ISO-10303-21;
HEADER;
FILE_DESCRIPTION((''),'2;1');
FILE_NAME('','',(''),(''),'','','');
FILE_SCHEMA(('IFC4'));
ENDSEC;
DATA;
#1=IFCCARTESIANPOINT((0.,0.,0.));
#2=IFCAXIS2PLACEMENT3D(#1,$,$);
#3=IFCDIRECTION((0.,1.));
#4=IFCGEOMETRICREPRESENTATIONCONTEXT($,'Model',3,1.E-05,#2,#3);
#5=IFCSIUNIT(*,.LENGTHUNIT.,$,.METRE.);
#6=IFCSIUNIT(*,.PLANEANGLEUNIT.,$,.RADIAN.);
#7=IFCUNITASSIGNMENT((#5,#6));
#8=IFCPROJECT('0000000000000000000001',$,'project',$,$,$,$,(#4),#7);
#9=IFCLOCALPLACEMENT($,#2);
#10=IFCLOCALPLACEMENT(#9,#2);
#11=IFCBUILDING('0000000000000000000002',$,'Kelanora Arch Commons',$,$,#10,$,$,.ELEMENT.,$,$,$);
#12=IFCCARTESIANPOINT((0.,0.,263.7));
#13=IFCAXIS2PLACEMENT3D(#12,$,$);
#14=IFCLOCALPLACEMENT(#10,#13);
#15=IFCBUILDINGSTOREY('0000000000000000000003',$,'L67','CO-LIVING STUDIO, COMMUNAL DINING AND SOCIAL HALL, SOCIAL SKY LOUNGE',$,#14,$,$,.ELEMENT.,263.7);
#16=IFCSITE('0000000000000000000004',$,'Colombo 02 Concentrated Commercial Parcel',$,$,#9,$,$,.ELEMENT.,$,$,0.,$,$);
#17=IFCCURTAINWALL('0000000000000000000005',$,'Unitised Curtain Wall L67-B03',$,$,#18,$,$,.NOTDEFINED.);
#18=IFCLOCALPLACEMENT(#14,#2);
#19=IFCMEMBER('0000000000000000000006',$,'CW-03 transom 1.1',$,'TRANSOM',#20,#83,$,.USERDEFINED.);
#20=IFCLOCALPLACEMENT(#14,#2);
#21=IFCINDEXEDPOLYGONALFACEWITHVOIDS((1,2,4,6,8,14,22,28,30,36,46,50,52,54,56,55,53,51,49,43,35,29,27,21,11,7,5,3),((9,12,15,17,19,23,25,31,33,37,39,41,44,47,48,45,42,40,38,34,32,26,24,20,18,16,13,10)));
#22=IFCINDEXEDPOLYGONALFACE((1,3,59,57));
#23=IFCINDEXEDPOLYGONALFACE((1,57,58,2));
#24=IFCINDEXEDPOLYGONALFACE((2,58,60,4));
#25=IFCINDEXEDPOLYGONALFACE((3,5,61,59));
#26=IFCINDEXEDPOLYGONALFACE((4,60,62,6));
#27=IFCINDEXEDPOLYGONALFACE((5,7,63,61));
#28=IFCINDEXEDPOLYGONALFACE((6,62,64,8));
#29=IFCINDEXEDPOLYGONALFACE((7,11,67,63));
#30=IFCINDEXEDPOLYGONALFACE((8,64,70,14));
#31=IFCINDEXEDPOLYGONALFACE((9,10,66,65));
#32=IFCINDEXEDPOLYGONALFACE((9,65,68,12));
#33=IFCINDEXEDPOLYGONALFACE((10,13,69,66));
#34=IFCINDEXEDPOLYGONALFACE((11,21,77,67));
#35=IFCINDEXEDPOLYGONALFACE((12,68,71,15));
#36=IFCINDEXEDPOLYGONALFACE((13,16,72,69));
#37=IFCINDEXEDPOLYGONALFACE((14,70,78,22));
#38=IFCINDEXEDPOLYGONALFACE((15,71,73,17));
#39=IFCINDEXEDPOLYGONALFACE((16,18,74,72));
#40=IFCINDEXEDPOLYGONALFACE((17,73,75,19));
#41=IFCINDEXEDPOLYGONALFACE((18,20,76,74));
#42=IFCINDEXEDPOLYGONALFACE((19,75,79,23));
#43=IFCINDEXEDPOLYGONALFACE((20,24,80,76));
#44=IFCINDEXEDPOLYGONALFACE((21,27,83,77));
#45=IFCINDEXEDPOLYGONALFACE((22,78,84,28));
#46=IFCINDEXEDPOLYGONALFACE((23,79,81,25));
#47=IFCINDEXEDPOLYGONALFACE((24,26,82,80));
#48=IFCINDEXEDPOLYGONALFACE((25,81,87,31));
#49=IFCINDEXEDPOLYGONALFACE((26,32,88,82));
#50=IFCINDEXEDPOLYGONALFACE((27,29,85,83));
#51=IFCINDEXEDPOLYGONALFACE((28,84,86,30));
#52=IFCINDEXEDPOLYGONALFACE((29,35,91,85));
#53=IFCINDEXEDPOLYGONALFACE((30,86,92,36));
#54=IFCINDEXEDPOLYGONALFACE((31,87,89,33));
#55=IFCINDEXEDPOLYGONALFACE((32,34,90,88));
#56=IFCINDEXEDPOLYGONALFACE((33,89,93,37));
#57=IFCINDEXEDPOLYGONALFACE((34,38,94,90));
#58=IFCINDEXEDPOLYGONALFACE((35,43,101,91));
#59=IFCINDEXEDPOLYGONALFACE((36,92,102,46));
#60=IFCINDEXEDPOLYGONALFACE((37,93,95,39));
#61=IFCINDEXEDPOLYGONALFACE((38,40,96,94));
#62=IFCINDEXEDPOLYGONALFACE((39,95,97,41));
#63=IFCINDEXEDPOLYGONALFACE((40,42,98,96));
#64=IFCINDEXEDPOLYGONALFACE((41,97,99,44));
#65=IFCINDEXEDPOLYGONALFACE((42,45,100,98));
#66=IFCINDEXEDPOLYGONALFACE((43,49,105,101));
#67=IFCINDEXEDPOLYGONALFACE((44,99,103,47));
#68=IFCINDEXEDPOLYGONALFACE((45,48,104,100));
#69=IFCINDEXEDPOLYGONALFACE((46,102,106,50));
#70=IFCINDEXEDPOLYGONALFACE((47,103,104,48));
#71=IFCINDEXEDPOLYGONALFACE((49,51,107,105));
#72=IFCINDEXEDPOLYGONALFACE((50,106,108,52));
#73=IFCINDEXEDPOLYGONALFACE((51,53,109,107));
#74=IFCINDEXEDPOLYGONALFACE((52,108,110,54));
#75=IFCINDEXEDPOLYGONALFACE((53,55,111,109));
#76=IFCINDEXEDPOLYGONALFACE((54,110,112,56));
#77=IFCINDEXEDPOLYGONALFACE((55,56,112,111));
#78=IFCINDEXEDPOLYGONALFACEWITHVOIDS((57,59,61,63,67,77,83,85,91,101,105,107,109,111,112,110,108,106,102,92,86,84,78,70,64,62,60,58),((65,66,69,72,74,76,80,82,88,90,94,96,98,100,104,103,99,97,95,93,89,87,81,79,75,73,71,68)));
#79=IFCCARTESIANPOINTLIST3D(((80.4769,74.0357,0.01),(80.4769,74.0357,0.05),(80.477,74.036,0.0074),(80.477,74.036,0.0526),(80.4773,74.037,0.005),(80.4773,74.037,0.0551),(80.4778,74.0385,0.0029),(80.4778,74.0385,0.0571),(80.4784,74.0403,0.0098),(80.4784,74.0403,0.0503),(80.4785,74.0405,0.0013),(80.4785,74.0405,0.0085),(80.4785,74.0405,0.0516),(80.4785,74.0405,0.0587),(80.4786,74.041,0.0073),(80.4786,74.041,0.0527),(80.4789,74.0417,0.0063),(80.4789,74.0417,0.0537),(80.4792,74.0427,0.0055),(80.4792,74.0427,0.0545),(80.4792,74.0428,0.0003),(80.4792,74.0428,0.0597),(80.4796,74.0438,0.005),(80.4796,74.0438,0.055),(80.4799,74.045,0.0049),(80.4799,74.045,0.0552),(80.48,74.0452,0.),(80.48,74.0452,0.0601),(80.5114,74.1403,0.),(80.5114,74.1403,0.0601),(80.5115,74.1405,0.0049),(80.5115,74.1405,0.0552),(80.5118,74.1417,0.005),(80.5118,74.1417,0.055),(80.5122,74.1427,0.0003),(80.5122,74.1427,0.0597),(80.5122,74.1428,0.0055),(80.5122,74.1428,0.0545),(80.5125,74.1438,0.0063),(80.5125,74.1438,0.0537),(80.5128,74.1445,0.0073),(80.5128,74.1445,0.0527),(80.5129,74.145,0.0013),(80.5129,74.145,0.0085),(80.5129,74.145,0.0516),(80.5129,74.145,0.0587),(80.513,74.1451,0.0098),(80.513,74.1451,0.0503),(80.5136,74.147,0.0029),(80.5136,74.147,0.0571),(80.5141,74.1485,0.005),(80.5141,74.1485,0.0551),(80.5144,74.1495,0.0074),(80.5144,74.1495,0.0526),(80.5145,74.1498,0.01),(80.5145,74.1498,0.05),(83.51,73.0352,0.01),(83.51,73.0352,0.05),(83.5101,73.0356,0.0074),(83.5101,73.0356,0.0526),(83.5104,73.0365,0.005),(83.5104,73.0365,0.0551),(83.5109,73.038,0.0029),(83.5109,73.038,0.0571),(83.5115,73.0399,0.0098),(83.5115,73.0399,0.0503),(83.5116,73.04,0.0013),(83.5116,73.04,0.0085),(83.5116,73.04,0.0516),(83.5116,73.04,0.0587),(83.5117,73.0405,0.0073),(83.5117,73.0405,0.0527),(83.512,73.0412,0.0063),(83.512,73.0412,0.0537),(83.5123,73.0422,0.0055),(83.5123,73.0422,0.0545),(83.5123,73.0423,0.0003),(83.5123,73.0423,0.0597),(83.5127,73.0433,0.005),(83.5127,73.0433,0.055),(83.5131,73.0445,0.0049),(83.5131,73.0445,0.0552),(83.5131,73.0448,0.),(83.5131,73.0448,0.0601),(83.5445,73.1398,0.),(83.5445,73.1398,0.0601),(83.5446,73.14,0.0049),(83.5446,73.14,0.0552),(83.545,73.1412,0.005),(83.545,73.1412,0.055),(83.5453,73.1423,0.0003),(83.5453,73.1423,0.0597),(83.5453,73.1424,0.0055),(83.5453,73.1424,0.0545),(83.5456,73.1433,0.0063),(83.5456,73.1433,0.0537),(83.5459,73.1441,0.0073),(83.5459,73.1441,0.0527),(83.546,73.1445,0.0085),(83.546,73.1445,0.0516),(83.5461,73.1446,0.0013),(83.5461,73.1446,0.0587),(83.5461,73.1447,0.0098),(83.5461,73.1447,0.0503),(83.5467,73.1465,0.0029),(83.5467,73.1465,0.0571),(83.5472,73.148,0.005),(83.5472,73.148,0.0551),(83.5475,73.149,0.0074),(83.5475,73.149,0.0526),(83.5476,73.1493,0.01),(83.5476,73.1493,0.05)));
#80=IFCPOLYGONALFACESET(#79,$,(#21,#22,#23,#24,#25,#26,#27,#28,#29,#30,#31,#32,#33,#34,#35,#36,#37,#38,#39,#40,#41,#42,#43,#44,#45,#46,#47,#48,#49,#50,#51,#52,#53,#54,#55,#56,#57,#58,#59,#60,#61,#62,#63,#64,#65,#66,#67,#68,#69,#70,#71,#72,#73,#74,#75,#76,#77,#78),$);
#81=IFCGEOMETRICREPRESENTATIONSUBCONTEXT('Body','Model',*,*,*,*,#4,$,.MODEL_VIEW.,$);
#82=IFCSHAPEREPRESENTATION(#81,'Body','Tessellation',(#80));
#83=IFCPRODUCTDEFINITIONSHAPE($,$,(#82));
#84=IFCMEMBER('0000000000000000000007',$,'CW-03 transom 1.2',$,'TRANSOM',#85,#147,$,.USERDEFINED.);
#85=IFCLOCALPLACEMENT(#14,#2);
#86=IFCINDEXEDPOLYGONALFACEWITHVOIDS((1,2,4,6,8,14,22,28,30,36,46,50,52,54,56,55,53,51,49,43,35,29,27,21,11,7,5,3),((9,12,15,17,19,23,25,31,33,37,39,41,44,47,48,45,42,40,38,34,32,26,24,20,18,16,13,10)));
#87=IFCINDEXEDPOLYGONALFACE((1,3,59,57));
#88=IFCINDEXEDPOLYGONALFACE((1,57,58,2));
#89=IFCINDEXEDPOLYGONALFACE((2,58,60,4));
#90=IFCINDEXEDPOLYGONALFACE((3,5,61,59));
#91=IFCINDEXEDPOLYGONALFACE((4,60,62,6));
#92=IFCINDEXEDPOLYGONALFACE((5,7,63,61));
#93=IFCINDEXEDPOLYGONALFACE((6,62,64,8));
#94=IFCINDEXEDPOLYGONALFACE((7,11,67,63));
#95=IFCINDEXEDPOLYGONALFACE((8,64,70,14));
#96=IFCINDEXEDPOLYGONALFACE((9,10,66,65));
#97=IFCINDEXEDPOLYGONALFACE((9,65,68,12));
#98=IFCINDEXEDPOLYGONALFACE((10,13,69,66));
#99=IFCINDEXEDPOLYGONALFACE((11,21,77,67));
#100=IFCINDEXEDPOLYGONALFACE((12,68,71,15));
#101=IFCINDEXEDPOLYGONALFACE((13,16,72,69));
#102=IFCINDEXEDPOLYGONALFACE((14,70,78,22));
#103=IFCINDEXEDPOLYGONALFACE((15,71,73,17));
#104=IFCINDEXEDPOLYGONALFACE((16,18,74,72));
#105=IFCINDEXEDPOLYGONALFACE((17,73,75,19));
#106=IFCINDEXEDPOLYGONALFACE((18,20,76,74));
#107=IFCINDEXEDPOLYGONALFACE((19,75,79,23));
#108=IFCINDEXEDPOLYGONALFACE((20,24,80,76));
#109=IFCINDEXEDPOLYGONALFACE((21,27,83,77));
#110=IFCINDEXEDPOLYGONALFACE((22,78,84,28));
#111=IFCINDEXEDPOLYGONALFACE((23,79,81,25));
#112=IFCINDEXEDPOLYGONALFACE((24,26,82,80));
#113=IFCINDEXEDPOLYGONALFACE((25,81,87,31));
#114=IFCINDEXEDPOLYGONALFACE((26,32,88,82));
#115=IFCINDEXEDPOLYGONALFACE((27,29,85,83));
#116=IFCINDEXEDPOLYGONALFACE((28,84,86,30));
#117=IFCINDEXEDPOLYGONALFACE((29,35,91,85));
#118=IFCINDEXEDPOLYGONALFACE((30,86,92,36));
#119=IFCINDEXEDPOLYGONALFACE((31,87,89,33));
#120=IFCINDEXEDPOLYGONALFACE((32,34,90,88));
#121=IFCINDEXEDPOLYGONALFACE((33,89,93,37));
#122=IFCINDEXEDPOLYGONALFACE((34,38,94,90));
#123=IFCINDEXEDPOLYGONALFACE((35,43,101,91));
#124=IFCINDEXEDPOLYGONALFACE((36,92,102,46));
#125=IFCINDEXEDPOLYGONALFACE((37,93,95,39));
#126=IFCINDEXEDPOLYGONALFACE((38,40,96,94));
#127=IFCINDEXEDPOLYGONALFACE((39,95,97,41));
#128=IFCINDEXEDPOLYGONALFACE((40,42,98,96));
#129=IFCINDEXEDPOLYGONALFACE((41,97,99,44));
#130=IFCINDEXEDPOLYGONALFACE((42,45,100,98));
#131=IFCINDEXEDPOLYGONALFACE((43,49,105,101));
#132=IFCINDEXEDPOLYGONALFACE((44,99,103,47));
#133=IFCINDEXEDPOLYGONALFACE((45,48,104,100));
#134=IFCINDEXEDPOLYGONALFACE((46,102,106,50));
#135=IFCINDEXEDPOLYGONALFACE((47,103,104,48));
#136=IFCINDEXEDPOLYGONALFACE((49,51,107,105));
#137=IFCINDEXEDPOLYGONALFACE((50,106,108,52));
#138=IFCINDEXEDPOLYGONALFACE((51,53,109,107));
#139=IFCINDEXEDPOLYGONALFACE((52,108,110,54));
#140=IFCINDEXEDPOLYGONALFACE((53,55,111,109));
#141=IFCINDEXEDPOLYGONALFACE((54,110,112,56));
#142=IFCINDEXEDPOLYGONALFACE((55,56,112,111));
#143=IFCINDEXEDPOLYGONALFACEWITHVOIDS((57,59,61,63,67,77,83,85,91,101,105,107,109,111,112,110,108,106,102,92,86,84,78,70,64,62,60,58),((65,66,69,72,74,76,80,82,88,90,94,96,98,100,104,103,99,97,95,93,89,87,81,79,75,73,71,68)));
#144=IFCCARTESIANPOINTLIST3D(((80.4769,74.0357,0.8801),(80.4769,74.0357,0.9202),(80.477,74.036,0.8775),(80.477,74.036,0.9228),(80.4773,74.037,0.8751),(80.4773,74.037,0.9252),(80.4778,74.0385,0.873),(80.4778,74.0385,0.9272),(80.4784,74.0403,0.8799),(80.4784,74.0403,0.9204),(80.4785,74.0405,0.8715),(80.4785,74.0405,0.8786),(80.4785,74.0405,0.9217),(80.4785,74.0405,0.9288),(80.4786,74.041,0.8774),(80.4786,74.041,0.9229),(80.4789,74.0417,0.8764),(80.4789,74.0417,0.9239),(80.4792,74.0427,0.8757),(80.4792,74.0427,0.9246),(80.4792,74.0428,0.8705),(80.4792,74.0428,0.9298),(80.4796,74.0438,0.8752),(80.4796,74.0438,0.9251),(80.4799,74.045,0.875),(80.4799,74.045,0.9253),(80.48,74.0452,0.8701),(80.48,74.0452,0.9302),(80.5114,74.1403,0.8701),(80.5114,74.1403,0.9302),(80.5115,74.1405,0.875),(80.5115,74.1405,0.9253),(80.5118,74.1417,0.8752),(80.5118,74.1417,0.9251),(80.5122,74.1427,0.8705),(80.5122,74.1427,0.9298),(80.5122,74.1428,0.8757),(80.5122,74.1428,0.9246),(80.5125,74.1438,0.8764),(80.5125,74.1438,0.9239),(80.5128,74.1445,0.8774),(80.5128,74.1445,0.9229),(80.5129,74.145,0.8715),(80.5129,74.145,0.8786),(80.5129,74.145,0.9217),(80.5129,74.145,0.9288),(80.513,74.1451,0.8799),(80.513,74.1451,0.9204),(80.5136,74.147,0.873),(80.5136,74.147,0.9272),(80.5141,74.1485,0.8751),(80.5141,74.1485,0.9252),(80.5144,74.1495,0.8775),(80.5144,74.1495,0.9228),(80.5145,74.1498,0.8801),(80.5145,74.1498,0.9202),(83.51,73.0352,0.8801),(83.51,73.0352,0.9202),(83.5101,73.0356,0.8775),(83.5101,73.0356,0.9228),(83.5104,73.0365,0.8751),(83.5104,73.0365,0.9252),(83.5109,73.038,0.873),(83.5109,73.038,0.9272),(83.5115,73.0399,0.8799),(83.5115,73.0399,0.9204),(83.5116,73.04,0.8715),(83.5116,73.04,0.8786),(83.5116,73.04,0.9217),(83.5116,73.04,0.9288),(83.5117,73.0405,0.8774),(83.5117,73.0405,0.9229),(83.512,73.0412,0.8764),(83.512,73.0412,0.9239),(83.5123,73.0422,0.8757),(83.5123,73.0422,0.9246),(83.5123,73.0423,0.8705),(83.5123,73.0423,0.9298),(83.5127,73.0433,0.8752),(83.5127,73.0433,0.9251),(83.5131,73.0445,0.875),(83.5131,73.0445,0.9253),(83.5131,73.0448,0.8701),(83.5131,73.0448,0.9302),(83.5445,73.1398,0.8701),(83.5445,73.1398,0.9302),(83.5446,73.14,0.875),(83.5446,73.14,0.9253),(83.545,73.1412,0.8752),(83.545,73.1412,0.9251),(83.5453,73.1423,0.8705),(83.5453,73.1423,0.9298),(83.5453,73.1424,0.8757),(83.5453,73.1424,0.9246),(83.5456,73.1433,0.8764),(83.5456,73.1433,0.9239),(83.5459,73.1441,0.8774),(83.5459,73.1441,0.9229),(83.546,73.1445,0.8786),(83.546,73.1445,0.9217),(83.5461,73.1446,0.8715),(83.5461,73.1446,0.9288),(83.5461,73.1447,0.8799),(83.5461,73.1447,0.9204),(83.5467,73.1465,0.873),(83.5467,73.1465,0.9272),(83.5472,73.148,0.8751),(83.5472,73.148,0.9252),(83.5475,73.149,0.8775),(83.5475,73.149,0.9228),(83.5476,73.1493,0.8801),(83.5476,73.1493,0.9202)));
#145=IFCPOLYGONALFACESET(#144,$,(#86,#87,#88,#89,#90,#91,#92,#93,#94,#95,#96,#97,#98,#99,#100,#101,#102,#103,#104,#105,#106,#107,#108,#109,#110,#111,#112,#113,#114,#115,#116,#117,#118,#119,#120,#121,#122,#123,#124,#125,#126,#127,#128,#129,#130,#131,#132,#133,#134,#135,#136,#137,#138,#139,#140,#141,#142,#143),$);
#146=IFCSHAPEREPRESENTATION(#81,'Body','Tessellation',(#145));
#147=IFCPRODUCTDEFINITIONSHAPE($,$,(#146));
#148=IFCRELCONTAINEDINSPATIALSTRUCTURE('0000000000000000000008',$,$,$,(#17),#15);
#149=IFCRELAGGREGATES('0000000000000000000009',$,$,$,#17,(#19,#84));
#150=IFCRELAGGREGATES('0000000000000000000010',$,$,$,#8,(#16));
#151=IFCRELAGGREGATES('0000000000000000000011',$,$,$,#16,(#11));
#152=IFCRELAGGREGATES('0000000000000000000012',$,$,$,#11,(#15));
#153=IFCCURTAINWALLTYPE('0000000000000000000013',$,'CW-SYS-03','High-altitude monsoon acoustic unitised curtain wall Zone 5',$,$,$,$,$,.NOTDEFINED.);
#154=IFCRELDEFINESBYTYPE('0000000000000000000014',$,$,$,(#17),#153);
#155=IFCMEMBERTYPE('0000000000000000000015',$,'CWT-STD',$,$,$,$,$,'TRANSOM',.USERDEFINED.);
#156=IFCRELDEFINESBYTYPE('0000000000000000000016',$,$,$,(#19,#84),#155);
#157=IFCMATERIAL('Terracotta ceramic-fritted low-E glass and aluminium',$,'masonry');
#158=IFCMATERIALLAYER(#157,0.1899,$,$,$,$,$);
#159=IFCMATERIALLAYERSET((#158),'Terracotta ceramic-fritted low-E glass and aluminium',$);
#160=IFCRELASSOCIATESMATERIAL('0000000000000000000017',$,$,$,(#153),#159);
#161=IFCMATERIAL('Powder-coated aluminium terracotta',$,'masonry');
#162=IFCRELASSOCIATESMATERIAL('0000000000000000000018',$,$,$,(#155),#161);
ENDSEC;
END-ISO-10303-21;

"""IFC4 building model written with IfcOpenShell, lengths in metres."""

from ifc_helpers import new_model, si_unit, direction, frame, origin, origin_2d, place, context, subcontext, project, spatial, hollow_rectangle, extrude, material, layer, layer_set, material_profile, profile_set, type_object, element, aggregate, save


model = new_model("IFC4")

# Units and contexts
model_context = context("Model", 3, precision=1e-05, world=origin(), true_north=direction((0.0, 1.0)))
body_context = subcontext(model_context, "Body", "Model", "MODEL_VIEW")
ifc_project = project(units=[si_unit("LENGTHUNIT", "METRE"), si_unit("PLANEANGLEUNIT", "RADIAN")], contexts=[model_context])

# Site, building, storey
site_placement = place(None, origin())
site = spatial("IfcSite", under=ifc_project, at=site_placement, Name="Colombo 02 Concentrated Commercial Parcel", CompositionType="ELEMENT", RefElevation=0.0)
building_placement = place(site_placement, origin())
building = spatial("IfcBuilding", under=site, at=building_placement, Name="Kelanora Arch Commons", CompositionType="ELEMENT")
storey_placement = place(building_placement, frame((0.0, 0.0, 263.7)))
storey = spatial("IfcBuildingStorey", under=building, at=storey_placement, Name="L67", Description="CO-LIVING STUDIO, COMMUNAL DINING AND SOCIAL HALL, SOCIAL SKY LOUNGE", CompositionType="ELEMENT", Elevation=263.7)

# Shared definitions
ifc_material_1 = material(Name="Terracotta ceramic-fritted low-E glass and aluminium", Category="masonry")
ifc_layer_1 = layer(ifc_material_1, 0.1899)
ifc_layer_set_1 = layer_set([ifc_layer_1], Name="Terracotta ceramic-fritted low-E glass and aluminium")
curtain_wall_type = type_object("IfcCurtainWallType", Name="CW-SYS-03", Description="High-altitude monsoon acoustic unitised curtain wall Zone 5", PredefinedType="NOTDEFINED", material=ifc_layer_set_1)
ifc_material_2 = material(Name="Powder-coated aluminium terracotta", Category="masonry")

# Curtain wall, members
curtain_wall_1_placement = place(storey_placement, origin())
curtain_wall_1 = element("IfcCurtainWall", 1, at=curtain_wall_1_placement, inside=storey, type_object=curtain_wall_type, Name="Unitised Curtain Wall L67-B03", PredefinedType="NOTDEFINED")
ifc_material_profile_1 = material_profile(ifc_material_2, hollow_rectangle(XDim=0.1201, YDim=0.0601, WallThickness=0.0049, InnerFilletRadius=0.0049, OuterFilletRadius=0.01, at=origin_2d()), Name="CWT120x60")
ifc_profile_set_1 = profile_set([ifc_material_profile_1], Name="Powder-coated aluminium terracotta")
member_type_1 = type_object("IfcMemberType", Name="CWT-STD", ElementType="TRANSOM", PredefinedType="USERDEFINED", material=ifc_profile_set_1)
member_1_placement = place(storey_placement, frame((83.5288, 73.0923, 0.03), z_axis=(-0.949672, 0.313245, 0.0), x_axis=(-0.313245, -0.949672, 0.0)))
member_1 = element("IfcMember", 2, at=member_1_placement, type_object=member_type_1, Name="CW-03 transom 1.1", ObjectType="TRANSOM", PredefinedType="USERDEFINED", context=body_context, shape_type="SweptSolid", body=[
    extrude(hollow_rectangle(XDim=0.1201, YDim=0.0601, WallThickness=0.0049, InnerFilletRadius=0.0049, OuterFilletRadius=0.01, at=origin_2d()), origin(), (0.0, 0.0, 1.0), 3.1938),
])
member_2_placement = place(storey_placement, frame((83.5288, 73.0923, 0.9001), z_axis=(-0.949672, 0.313245, 0.0), x_axis=(-0.313245, -0.949672, 0.0)))
member_2 = element("IfcMember", 3, at=member_2_placement, type_object=member_type_1, Name="CW-03 transom 1.2", ObjectType="TRANSOM", PredefinedType="USERDEFINED", context=body_context, shape_type="SweptSolid", body=[
    extrude(hollow_rectangle(XDim=0.1201, YDim=0.0601, WallThickness=0.0049, InnerFilletRadius=0.0049, OuterFilletRadius=0.01, at=origin_2d()), origin(), (0.0, 0.0, 1.0), 3.1938),
])
aggregate(curtain_wall_1, [member_1, member_2])

save(model, "model.ifc")
